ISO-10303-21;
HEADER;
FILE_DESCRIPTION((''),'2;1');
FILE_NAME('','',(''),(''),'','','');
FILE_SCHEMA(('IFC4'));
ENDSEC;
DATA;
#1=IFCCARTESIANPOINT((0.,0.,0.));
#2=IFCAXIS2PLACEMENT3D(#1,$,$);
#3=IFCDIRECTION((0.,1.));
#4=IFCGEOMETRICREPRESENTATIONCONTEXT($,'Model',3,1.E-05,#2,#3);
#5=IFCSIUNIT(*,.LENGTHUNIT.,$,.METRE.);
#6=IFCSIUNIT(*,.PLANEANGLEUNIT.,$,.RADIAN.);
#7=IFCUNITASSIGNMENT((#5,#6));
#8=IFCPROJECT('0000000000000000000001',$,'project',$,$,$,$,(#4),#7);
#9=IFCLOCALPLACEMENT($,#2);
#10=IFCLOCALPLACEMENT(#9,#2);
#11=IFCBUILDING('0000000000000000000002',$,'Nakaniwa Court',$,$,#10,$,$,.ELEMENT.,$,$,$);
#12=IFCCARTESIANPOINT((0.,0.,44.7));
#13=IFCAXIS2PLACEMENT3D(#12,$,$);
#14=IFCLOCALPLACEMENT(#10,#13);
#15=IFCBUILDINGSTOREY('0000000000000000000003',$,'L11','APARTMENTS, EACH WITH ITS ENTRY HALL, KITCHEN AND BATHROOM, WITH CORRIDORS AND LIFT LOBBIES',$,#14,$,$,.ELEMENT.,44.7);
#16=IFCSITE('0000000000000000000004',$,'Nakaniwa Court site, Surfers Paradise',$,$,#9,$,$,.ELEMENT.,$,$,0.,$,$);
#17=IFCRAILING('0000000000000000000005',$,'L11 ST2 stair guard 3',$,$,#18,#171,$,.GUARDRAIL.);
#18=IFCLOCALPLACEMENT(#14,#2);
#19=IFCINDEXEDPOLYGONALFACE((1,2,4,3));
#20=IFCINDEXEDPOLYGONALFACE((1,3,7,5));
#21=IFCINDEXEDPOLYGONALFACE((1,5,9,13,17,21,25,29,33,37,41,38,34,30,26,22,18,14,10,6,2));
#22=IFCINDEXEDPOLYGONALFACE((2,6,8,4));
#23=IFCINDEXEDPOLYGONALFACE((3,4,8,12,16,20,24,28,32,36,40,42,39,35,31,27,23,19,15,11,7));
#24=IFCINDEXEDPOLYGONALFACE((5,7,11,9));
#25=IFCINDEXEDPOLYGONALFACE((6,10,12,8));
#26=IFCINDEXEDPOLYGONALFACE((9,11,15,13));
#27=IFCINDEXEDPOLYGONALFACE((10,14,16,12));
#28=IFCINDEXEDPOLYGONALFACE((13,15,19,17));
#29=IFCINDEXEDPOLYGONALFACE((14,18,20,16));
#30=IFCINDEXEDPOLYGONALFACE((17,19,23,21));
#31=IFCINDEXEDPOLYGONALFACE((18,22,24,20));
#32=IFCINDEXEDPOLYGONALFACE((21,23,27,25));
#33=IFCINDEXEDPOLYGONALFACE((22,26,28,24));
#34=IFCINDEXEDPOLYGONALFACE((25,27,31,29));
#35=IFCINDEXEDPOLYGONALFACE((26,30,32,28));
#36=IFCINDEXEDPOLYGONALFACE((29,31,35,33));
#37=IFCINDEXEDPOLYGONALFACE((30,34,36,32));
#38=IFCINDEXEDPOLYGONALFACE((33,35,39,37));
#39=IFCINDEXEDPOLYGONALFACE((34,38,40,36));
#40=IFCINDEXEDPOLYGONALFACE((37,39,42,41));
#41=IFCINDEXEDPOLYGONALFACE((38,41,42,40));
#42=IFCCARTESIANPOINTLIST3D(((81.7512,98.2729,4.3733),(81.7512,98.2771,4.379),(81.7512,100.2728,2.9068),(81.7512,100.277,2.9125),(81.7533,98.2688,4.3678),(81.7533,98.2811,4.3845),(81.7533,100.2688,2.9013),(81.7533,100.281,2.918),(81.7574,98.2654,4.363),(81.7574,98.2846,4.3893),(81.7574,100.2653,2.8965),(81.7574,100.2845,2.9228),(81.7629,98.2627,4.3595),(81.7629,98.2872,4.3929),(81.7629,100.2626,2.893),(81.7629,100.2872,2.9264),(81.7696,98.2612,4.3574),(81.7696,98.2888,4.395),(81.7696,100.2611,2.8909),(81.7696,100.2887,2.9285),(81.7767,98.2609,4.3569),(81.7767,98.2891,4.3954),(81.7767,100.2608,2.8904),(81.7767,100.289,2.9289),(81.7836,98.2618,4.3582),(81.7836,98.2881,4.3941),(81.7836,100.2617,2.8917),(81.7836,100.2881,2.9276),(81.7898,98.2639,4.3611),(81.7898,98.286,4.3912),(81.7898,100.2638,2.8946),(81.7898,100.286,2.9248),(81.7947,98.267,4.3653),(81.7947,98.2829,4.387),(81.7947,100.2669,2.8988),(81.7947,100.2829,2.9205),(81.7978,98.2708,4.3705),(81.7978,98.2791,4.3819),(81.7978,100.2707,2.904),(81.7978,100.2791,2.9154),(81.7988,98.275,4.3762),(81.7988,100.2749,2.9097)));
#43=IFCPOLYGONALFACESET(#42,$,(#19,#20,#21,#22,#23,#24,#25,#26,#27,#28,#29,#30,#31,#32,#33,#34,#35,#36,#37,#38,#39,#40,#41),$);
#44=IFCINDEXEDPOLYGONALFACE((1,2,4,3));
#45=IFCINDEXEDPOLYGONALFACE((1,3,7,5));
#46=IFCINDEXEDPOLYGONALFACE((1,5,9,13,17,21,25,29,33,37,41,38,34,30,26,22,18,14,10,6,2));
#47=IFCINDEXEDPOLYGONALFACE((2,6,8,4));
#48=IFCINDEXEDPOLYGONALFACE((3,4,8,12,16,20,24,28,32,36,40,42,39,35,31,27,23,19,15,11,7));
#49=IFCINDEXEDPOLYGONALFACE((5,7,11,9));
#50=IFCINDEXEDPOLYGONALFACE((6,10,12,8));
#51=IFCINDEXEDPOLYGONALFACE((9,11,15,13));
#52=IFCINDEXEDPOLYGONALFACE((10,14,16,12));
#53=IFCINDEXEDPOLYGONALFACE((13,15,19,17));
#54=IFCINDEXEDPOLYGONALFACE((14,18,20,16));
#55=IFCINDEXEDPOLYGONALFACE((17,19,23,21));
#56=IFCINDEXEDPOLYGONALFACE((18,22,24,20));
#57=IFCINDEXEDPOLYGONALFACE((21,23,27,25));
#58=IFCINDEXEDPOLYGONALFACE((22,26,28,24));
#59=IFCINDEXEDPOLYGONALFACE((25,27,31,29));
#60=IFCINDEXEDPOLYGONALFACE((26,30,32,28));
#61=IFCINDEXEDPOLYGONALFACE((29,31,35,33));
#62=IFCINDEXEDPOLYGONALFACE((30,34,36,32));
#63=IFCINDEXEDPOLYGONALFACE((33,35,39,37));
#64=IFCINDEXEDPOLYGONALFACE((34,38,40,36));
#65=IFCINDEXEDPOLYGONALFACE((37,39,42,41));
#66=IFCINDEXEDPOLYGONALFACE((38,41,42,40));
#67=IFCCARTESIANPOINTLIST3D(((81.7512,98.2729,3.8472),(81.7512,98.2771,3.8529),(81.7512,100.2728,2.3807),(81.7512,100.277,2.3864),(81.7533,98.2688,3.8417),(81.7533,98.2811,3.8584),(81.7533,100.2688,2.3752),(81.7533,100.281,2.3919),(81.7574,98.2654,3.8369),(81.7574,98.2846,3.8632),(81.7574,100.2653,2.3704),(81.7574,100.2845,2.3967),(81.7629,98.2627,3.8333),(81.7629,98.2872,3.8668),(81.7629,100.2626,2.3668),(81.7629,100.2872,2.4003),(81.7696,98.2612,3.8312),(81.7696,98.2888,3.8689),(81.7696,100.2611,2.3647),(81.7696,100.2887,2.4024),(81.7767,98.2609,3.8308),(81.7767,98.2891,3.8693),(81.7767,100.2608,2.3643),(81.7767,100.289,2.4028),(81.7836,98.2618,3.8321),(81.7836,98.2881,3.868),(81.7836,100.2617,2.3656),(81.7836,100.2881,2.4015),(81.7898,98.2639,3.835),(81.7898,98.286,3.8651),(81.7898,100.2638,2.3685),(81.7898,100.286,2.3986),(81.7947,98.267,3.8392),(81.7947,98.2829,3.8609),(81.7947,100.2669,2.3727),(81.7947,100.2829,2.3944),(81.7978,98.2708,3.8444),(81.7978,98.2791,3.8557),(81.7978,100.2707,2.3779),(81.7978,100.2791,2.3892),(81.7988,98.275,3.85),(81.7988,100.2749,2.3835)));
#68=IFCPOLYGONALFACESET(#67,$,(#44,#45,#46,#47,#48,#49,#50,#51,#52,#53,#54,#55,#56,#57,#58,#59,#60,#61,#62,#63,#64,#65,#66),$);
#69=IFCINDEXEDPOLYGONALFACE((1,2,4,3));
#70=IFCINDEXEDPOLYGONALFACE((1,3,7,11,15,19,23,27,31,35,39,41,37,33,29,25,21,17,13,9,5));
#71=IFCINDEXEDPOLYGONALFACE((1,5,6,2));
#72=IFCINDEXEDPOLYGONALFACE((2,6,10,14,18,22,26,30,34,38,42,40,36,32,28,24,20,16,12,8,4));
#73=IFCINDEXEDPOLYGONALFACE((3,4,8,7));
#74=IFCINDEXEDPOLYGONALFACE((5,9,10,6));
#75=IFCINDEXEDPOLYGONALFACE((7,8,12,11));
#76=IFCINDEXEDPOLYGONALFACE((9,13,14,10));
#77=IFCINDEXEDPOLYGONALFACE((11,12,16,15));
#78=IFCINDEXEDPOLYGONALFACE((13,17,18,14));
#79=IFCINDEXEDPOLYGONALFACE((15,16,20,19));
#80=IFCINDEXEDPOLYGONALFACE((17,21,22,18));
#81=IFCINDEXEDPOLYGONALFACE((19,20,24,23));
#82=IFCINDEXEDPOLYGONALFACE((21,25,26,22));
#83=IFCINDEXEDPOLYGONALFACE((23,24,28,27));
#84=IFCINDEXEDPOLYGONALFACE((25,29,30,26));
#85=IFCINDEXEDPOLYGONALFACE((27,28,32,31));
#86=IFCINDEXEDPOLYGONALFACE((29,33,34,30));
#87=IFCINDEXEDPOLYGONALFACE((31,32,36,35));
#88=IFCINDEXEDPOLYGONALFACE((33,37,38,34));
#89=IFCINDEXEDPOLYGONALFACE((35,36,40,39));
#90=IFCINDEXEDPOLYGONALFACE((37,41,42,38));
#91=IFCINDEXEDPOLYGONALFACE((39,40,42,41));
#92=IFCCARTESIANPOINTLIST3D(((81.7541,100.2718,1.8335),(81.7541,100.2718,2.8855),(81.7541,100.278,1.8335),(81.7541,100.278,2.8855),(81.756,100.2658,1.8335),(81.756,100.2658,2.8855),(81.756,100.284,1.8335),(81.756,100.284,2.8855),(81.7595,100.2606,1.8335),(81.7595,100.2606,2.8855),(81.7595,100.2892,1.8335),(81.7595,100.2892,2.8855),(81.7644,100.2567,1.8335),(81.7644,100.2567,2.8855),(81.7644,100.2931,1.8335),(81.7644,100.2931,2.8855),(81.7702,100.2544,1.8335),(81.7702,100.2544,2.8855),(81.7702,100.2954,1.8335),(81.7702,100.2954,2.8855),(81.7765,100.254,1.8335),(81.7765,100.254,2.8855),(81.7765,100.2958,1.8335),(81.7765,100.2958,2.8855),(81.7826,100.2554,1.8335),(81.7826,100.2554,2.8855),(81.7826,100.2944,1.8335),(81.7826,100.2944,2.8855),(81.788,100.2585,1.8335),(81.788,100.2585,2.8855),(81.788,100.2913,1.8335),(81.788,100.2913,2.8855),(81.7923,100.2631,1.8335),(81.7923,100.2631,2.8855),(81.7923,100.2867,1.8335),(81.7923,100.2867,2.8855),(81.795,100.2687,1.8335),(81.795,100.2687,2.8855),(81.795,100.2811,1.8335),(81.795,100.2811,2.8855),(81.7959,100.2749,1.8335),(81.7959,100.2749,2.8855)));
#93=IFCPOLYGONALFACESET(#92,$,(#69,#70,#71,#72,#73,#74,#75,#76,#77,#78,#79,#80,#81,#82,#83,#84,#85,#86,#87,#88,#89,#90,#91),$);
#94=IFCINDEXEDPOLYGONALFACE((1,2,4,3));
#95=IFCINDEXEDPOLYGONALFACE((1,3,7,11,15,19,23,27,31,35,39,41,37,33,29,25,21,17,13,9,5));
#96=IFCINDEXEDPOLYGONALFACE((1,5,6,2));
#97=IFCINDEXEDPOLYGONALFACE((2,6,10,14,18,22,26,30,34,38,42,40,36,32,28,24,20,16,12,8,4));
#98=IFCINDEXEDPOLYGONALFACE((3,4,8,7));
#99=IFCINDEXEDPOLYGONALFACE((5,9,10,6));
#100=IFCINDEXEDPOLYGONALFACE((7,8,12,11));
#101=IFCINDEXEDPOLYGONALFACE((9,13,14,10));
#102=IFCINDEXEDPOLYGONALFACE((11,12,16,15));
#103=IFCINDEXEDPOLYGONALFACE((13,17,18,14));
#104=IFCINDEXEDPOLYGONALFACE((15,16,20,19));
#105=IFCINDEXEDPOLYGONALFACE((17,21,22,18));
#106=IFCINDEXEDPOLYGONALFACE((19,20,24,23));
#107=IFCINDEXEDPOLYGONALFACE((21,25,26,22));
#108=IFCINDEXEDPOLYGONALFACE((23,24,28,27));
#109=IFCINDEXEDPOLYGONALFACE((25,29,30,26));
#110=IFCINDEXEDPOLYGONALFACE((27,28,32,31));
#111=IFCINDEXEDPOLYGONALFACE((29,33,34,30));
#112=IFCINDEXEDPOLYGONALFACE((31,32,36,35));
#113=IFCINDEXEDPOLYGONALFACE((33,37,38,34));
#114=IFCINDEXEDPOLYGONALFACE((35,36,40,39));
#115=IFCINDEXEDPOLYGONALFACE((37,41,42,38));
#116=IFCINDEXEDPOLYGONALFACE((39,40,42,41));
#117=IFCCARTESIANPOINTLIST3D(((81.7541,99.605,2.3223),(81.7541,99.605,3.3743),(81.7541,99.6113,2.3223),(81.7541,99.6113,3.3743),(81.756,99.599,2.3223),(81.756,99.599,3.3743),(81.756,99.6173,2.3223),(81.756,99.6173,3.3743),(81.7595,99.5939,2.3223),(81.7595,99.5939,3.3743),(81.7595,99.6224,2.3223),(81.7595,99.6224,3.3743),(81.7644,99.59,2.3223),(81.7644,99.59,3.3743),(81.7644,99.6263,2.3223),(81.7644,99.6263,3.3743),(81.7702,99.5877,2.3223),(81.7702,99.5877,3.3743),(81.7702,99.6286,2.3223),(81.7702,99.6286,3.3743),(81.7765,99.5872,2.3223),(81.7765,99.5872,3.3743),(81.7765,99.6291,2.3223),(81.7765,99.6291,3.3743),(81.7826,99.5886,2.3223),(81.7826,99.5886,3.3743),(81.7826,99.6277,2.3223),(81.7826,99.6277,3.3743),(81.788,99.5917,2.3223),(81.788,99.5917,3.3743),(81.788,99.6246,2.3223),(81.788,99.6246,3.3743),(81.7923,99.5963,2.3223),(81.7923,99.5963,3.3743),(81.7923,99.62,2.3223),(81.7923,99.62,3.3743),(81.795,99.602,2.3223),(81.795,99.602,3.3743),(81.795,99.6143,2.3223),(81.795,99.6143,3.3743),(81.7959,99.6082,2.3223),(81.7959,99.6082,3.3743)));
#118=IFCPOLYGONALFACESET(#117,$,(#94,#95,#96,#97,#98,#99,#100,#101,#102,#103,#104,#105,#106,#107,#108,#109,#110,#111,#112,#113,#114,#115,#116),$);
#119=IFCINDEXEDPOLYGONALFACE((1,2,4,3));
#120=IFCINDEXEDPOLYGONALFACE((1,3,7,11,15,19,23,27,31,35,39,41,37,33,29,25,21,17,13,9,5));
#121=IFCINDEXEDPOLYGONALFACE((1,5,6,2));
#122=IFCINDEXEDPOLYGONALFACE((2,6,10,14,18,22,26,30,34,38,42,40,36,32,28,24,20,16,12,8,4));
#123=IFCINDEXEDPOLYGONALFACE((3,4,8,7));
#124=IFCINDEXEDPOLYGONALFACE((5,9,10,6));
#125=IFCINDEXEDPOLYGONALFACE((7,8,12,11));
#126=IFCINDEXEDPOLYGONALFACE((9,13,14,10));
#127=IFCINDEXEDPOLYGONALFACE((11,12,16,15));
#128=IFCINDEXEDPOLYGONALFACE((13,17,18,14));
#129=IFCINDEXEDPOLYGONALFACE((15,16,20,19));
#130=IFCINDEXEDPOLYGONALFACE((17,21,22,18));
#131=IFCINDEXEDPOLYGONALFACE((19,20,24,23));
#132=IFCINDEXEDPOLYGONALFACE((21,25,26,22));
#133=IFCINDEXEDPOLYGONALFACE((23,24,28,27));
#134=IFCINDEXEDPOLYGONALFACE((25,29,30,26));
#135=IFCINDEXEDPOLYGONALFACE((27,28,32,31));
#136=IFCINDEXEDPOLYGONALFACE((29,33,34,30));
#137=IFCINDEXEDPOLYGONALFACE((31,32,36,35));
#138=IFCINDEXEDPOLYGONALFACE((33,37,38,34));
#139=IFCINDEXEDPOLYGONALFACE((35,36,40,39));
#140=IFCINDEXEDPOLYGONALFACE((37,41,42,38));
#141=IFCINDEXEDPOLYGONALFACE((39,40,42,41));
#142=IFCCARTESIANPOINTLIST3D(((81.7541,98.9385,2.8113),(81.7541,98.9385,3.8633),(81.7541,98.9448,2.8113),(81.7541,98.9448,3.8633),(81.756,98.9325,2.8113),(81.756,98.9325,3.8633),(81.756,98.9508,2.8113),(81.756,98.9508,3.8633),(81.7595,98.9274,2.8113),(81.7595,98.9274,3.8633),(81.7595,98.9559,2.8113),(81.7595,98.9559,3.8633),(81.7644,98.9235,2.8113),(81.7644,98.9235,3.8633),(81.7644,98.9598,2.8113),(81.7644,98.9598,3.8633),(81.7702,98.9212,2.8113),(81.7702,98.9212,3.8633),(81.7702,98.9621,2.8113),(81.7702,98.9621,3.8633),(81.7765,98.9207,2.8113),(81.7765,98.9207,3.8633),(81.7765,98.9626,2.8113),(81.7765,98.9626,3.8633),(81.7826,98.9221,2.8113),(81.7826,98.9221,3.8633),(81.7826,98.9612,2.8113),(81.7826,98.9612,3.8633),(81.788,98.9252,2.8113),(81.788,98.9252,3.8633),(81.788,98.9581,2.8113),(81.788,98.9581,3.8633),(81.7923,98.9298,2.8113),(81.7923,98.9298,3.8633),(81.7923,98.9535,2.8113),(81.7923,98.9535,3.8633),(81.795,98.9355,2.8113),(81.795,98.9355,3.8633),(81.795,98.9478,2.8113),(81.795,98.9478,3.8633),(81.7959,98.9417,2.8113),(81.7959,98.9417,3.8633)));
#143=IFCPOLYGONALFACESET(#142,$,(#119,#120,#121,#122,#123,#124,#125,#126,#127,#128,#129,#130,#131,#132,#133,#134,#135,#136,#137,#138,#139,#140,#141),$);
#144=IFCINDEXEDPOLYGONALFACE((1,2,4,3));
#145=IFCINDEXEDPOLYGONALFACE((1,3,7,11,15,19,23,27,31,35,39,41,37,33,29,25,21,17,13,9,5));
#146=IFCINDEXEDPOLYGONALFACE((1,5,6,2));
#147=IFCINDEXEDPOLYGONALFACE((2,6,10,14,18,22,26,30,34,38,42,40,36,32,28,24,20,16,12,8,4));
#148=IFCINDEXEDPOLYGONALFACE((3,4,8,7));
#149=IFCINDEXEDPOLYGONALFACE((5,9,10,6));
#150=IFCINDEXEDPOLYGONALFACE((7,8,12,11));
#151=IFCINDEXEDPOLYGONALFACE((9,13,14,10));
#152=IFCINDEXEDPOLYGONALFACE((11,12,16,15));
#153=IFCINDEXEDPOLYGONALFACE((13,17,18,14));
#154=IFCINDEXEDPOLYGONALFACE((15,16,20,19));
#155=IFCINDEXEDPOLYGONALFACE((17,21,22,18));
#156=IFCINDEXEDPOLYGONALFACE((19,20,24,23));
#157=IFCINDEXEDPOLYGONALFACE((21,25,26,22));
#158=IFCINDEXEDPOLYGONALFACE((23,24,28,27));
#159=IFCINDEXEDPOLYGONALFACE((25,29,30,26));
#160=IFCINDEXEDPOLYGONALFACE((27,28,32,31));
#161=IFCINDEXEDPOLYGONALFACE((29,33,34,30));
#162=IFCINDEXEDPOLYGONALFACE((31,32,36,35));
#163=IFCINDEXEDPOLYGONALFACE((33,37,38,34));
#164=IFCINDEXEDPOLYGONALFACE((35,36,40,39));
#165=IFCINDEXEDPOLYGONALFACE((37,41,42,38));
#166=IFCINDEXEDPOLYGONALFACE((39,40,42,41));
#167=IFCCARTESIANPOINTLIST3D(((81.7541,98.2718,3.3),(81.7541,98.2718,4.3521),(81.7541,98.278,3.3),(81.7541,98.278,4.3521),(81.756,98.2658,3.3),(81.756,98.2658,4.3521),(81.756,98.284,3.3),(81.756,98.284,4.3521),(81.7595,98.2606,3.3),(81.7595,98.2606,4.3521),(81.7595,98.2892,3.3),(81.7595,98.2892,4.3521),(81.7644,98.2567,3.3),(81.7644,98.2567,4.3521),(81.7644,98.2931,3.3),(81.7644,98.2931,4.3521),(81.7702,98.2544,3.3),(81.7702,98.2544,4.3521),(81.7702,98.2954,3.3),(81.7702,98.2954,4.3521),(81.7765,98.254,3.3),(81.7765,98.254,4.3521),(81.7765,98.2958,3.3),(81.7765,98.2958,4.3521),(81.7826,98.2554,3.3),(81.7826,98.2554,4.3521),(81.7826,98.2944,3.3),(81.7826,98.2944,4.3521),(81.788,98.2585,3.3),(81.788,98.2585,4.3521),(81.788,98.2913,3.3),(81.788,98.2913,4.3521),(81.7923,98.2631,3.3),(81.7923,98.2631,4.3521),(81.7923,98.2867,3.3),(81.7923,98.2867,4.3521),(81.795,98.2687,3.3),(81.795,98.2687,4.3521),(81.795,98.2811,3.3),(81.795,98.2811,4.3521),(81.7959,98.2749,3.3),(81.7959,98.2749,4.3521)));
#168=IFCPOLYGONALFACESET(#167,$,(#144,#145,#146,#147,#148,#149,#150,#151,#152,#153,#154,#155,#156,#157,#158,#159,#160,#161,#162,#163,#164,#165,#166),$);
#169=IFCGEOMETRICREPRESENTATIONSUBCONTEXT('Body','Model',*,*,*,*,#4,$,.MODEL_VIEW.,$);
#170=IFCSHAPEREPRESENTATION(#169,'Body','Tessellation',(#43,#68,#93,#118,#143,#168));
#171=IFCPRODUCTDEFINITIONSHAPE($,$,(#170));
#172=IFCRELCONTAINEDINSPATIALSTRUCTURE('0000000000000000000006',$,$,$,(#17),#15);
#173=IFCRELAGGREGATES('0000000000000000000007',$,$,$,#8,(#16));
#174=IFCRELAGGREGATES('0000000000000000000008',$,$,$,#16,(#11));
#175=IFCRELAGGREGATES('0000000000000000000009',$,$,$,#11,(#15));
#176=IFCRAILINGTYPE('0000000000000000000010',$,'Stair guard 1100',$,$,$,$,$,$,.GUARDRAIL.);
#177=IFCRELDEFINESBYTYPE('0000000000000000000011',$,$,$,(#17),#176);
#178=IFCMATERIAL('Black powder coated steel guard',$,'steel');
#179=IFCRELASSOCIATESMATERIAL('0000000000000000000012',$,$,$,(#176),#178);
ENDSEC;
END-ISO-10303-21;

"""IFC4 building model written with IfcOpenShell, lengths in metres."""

from ifc_helpers import new_model, si_unit, direction, frame, origin, origin_2d, place, context, subcontext, project, spatial, circle, extrude, material, type_object, element, save


model = new_model("IFC4")

# Units and contexts
model_context = context("Model", 3, precision=1e-05, world=origin(), true_north=direction((0.0, 1.0)))
body_context = subcontext(model_context, "Body", "Model", "MODEL_VIEW")
ifc_project = project(units=[si_unit("LENGTHUNIT", "METRE"), si_unit("PLANEANGLEUNIT", "RADIAN")], contexts=[model_context])

# Site, building, storey
site_placement = place(None, origin())
site = spatial("IfcSite", under=ifc_project, at=site_placement, Name="Nakaniwa Court site, Surfers Paradise", CompositionType="ELEMENT", RefElevation=0.0)
building_placement = place(site_placement, origin())
building = spatial("IfcBuilding", under=site, at=building_placement, Name="Nakaniwa Court", CompositionType="ELEMENT")
storey_placement = place(building_placement, frame((0.0, 0.0, 44.7)))
storey = spatial("IfcBuildingStorey", under=building, at=storey_placement, Name="L11", Description="APARTMENTS, EACH WITH ITS ENTRY HALL, KITCHEN AND BATHROOM, WITH CORRIDORS AND LIFT LOBBIES", CompositionType="ELEMENT", Elevation=44.7)

# Railing
ifc_material_1 = material(Name="Black powder coated steel guard", Category="steel")
railing_type_1 = type_object("IfcRailingType", Name="Stair guard 1100", PredefinedType="GUARDRAIL", material=ifc_material_1)
railing_1_placement = place(storey_placement, frame((81.7749, 100.2749, 1.8335)))
element("IfcRailing", 1, at=railing_1_placement, inside=storey, type_object=railing_type_1, Name="L11 ST2 stair guard 3", PredefinedType="GUARDRAIL", context=body_context, shape_type="SweptSolid", body=[
    extrude(circle(Radius=0.0239, at=origin_2d()), frame((0.0, 0.0, 1.0762), z_axis=(0.0, -0.806427, 0.591334), x_axis=(1.0, 0.0, 0.0)), (0.0, 0.0, 1.0), 2.48),
    extrude(circle(Radius=0.0239, at=origin_2d()), frame((0.0, 0.0, 0.55), z_axis=(0.0, -0.806427, 0.591334), x_axis=(1.0, 0.0, 0.0)), (0.0, 0.0, 1.0), 2.48),
    extrude(circle(Radius=0.021, at=origin_2d()), origin(), (0.0, 0.0, 1.0), 1.052),
    extrude(circle(Radius=0.021, at=origin_2d()), frame((0.0, -0.6667, 0.4888)), (0.0, 0.0, 1.0), 1.052),
    extrude(circle(Radius=0.021, at=origin_2d()), frame((0.0, -1.3333, 0.9778)), (0.0, 0.0, 1.0), 1.052),
    extrude(circle(Radius=0.021, at=origin_2d()), frame((0.0, -2.0, 1.4666)), (0.0, 0.0, 1.0), 1.052),
])

save(model, "model.ifc")
